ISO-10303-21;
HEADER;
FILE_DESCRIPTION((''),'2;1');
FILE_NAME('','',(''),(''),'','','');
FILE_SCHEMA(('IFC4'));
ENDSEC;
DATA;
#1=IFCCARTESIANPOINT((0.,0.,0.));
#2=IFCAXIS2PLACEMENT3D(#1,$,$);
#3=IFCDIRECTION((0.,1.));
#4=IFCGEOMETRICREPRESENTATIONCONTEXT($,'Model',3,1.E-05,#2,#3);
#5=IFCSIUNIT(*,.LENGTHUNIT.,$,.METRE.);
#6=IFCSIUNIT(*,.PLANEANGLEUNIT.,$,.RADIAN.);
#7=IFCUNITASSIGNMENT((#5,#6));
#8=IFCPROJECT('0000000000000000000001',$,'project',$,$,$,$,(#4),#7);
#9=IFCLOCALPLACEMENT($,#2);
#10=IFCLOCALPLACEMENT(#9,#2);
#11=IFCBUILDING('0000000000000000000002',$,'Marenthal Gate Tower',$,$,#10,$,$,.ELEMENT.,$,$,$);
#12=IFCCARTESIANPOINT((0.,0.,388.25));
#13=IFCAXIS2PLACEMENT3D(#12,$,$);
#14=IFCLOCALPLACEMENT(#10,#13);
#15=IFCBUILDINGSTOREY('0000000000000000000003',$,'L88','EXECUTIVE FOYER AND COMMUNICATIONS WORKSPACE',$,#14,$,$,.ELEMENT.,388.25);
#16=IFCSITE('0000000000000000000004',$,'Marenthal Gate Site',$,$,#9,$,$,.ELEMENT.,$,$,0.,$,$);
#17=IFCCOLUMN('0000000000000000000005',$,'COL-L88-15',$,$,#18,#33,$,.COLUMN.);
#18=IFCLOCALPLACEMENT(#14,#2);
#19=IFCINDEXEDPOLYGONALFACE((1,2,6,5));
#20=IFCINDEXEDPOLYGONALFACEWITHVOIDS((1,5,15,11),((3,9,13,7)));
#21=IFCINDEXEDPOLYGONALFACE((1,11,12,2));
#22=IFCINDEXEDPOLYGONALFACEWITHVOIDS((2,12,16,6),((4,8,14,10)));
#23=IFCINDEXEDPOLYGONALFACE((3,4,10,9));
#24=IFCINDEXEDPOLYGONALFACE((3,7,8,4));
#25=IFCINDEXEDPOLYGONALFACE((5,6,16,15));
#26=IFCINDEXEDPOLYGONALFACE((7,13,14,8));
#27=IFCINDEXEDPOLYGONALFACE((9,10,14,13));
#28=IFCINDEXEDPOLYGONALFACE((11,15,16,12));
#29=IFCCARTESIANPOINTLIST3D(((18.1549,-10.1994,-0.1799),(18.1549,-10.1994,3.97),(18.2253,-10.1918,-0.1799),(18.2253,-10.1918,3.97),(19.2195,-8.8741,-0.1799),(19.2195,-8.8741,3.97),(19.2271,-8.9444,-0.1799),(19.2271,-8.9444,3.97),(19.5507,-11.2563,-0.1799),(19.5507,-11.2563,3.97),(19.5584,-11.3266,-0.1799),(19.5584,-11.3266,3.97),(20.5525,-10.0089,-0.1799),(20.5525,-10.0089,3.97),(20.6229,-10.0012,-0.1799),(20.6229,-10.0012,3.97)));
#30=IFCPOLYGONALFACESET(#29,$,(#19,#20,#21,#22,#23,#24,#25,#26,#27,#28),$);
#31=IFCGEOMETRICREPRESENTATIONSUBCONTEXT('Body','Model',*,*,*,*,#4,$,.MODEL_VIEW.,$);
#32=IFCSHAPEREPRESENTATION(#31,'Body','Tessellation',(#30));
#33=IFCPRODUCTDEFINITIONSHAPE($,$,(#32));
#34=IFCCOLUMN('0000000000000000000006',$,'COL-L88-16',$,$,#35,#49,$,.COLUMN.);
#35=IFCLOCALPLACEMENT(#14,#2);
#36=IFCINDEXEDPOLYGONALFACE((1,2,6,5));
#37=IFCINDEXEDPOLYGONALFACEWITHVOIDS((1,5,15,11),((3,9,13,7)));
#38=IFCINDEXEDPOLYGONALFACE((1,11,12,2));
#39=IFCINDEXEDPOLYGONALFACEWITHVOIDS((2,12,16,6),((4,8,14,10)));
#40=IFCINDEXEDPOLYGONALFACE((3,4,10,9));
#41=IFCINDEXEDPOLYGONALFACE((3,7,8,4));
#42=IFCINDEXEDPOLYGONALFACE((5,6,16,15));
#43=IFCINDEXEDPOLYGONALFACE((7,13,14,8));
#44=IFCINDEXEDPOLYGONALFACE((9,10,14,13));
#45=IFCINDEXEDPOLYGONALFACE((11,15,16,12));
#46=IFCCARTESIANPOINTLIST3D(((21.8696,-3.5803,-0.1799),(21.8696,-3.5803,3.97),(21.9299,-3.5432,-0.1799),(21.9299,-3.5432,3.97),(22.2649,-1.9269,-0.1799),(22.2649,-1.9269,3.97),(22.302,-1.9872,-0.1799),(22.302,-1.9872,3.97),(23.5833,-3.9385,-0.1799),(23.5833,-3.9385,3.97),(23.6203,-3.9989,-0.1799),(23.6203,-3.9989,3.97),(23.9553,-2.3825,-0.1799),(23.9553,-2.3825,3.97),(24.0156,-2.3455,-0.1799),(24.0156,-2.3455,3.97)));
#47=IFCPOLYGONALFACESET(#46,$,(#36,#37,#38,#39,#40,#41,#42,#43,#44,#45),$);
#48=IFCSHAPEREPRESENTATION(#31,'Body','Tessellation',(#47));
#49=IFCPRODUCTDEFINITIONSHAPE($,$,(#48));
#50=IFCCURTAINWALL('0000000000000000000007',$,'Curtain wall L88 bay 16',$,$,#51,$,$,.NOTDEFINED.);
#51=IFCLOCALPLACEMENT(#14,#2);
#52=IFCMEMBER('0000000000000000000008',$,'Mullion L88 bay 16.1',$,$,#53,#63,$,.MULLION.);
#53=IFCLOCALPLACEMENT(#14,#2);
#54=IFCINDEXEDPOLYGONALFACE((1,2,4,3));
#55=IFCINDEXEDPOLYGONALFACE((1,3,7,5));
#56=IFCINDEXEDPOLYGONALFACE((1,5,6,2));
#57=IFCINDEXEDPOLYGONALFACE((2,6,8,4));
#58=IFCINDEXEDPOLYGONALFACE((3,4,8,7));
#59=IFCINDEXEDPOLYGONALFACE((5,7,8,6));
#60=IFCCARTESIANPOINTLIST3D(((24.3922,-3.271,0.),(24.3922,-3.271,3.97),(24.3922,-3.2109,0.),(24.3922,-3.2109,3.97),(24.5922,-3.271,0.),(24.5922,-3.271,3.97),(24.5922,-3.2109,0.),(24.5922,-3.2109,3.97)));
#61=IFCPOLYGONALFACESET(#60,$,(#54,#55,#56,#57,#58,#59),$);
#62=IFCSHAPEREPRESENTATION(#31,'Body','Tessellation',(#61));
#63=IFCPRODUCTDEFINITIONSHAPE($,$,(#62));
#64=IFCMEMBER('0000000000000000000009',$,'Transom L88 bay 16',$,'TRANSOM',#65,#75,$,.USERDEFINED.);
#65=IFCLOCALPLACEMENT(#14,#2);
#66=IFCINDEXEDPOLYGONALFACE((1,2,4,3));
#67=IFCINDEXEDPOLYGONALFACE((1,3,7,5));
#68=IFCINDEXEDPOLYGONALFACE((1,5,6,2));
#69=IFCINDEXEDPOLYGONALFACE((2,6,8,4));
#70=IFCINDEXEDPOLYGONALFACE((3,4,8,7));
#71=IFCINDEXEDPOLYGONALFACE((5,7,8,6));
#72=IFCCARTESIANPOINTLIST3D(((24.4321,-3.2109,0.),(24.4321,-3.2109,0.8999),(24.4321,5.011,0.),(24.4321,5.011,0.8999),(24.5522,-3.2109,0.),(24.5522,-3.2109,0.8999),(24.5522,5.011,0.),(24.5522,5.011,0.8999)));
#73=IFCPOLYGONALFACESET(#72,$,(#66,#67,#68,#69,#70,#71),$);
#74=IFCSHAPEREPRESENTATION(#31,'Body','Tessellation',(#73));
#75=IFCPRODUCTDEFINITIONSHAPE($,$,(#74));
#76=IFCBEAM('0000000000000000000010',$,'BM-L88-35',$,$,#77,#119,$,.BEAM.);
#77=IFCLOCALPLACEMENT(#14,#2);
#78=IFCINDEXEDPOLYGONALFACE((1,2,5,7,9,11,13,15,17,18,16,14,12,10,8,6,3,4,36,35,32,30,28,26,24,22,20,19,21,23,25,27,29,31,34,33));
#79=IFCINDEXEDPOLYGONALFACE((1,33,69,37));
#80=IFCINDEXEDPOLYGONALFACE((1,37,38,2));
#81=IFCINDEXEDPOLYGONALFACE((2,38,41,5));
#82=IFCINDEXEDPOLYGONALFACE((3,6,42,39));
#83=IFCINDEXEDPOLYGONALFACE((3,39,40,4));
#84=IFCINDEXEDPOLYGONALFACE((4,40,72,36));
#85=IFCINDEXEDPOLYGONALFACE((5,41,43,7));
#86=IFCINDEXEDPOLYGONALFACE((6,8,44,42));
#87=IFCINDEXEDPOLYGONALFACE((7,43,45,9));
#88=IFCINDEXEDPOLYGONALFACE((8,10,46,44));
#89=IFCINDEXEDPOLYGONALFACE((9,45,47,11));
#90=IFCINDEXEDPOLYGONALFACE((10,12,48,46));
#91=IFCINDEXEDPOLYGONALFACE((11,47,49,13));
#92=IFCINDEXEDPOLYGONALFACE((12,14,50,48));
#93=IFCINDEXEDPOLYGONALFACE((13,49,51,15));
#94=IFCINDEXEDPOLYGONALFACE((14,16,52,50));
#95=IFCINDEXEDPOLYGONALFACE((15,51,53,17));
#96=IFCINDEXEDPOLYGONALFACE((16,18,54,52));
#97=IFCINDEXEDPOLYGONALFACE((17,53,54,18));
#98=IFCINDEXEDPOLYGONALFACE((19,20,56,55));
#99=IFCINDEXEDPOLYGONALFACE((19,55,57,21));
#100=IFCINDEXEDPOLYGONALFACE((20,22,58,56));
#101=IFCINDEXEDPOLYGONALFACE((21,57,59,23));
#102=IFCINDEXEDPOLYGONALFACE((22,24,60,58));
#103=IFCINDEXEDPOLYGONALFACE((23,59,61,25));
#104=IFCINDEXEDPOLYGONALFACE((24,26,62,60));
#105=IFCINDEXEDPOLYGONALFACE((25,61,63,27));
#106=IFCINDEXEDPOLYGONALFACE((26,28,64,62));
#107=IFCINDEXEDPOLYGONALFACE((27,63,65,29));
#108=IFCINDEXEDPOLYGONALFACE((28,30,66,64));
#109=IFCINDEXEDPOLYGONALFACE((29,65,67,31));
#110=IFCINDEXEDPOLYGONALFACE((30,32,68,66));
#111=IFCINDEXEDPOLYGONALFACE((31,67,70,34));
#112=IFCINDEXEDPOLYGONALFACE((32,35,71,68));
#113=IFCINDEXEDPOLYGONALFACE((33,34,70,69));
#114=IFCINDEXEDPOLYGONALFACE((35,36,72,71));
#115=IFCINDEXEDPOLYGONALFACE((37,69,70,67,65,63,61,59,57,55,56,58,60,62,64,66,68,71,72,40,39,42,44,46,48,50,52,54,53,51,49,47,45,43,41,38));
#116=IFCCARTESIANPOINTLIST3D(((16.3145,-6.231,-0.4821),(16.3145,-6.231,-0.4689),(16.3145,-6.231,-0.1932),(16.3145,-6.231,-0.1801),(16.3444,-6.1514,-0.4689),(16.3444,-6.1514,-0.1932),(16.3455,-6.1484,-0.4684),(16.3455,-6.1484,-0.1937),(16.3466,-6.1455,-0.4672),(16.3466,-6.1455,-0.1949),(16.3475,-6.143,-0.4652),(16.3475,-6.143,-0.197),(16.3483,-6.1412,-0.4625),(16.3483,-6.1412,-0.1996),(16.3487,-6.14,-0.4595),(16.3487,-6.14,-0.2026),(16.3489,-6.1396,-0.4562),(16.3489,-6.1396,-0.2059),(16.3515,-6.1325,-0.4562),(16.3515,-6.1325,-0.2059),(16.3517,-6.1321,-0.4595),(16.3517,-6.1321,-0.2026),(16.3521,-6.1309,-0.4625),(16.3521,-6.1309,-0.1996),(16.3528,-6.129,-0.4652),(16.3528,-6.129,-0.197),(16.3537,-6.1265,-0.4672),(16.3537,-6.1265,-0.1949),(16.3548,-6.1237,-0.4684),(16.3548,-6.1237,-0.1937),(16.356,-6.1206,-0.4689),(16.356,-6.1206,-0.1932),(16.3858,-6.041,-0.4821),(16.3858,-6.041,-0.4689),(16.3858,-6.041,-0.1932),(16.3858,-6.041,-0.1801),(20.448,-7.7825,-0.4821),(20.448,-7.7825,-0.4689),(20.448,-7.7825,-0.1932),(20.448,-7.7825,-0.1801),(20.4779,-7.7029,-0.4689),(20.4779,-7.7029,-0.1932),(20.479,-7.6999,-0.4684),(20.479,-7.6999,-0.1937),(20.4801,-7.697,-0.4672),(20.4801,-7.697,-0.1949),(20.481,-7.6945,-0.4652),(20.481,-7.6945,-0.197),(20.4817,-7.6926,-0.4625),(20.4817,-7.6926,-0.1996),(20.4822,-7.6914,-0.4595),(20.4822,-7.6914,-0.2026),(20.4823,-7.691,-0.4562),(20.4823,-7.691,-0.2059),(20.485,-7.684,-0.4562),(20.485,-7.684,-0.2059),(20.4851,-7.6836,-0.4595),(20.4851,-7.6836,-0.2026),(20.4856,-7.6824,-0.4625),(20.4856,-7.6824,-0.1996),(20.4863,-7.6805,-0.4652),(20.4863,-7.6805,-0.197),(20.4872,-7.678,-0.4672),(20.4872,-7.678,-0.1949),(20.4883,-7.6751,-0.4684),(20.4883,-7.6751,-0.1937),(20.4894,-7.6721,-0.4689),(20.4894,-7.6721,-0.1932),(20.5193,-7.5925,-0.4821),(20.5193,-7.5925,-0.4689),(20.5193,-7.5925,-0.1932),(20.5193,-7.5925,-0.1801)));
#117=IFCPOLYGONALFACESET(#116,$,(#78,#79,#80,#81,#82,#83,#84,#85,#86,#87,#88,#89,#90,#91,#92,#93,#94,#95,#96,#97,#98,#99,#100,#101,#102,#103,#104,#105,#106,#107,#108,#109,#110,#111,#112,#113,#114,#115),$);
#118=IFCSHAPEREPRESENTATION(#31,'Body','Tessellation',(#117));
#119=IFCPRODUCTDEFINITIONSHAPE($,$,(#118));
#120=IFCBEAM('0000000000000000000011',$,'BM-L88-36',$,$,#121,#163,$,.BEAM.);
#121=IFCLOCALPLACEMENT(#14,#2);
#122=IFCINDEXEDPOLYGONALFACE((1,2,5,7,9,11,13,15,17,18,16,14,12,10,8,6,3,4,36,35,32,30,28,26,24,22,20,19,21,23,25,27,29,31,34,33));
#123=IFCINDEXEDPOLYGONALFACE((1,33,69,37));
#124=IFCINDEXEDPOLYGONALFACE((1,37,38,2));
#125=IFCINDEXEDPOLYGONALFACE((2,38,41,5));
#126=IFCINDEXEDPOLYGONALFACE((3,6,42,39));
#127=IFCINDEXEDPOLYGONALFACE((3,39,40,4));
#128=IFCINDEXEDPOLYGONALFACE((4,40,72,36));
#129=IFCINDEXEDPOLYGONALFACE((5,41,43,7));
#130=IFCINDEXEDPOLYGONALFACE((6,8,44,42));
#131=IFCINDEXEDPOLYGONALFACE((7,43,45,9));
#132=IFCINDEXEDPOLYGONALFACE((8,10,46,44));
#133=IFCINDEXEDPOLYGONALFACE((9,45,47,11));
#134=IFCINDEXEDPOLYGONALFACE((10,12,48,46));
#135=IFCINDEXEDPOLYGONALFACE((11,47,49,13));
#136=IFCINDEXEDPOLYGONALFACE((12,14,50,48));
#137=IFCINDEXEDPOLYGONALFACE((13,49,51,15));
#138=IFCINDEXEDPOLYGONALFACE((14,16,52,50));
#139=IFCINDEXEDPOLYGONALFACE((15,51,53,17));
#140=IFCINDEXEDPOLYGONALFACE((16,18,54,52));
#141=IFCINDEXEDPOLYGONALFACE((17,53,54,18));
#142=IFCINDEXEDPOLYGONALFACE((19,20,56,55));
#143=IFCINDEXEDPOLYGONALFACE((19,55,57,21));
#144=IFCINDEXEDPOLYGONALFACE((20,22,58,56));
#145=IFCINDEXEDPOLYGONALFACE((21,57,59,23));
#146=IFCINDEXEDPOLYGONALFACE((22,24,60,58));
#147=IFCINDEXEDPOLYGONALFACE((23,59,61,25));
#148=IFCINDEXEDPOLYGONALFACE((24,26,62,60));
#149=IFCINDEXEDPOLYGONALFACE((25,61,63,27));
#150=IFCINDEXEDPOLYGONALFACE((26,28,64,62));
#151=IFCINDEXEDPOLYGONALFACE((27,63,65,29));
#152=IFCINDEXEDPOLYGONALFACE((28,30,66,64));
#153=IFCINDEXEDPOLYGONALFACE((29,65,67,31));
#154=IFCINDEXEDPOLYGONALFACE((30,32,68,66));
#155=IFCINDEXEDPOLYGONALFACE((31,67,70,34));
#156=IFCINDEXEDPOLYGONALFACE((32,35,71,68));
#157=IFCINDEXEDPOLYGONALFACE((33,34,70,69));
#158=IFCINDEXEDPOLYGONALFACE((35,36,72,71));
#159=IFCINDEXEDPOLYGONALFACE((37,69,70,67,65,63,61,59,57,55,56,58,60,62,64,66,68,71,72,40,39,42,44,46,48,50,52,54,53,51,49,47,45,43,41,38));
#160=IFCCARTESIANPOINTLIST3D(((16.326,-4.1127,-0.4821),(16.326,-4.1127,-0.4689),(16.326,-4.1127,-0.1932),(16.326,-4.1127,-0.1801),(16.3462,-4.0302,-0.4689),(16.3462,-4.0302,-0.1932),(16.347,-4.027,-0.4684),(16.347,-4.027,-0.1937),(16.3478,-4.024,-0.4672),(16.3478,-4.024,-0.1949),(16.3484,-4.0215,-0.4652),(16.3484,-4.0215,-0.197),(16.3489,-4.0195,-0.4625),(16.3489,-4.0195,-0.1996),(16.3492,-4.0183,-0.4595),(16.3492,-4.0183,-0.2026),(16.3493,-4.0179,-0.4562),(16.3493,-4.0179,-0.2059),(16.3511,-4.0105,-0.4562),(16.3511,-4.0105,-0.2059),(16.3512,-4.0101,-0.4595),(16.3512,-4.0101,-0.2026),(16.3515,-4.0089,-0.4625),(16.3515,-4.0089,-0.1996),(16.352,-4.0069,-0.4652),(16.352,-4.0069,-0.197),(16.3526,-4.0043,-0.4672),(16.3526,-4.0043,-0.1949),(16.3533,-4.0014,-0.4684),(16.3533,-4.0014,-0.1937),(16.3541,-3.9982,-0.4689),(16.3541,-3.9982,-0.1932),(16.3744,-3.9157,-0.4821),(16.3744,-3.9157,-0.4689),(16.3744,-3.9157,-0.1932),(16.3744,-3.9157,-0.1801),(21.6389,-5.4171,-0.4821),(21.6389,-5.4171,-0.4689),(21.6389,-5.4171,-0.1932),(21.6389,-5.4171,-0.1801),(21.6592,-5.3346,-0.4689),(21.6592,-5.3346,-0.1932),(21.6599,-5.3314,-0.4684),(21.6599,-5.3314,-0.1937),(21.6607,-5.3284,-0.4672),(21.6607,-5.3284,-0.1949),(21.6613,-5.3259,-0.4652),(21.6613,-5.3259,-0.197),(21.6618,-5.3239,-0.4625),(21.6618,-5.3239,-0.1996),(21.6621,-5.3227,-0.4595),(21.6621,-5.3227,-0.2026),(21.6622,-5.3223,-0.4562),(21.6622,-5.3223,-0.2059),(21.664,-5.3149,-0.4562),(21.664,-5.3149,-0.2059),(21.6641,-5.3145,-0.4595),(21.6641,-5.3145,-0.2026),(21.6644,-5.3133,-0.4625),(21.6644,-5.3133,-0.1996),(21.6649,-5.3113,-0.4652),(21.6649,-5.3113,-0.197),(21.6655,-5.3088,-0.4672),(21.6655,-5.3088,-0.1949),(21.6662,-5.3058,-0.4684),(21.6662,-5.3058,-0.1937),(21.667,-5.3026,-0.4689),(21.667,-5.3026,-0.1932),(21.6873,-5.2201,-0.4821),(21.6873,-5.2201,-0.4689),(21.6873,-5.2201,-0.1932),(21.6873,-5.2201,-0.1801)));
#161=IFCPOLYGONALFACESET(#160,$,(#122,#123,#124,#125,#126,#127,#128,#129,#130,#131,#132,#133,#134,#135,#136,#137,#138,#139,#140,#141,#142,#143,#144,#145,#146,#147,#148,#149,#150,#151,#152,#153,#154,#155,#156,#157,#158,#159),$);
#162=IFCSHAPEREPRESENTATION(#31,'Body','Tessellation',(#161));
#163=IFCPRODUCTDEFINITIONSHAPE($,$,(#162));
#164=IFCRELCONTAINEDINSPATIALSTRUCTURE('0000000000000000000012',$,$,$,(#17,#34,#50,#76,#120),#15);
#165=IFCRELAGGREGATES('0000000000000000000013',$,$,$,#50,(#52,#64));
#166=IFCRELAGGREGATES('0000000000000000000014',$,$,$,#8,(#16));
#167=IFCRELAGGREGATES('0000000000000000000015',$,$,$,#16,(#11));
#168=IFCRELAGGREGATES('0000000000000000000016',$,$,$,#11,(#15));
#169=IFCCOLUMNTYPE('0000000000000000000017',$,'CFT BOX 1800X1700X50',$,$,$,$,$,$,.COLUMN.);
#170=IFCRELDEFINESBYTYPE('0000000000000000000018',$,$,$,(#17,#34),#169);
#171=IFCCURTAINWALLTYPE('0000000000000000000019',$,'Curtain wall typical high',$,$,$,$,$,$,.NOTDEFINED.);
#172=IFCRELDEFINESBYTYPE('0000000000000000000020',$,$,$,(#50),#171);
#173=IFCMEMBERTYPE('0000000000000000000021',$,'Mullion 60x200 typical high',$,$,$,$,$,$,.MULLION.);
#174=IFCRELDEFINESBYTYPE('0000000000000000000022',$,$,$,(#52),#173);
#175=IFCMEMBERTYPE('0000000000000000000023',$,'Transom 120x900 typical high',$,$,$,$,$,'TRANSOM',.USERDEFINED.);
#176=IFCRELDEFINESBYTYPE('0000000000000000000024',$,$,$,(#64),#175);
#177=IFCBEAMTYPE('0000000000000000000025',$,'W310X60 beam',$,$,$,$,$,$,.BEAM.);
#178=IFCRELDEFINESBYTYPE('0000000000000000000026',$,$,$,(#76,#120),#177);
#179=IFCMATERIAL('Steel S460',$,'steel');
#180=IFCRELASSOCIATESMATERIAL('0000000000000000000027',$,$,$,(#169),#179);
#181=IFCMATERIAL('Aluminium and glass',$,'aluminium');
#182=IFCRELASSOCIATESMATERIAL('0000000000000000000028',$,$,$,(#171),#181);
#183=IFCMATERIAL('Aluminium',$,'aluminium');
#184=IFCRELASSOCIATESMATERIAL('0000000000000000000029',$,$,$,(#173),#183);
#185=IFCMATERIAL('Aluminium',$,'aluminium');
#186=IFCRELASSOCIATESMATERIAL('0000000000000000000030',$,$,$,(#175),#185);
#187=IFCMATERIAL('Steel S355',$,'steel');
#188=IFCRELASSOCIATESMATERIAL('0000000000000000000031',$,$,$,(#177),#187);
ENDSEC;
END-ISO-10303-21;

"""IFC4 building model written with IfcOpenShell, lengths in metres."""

from ifc_helpers import new_model, si_unit, direction, frame, origin, origin_2d, place, context, subcontext, project, spatial, rectangle, hollow_rectangle, i_section, extrude, material, material_profile, profile_set, type_object, element, aggregate, save


model = new_model("IFC4")

# Units and contexts
model_context = context("Model", 3, precision=1e-05, world=origin(), true_north=direction((0.0, 1.0)))
body_context = subcontext(model_context, "Body", "Model", "MODEL_VIEW")
ifc_project = project(units=[si_unit("LENGTHUNIT", "METRE"), si_unit("PLANEANGLEUNIT", "RADIAN")], contexts=[model_context])

# Site, building, storey
site_placement = place(None, origin())
site = spatial("IfcSite", under=ifc_project, at=site_placement, Name="Marenthal Gate Site", CompositionType="ELEMENT", RefElevation=0.0)
building_placement = place(site_placement, origin())
building = spatial("IfcBuilding", under=site, at=building_placement, Name="Marenthal Gate Tower", CompositionType="ELEMENT")
storey_placement = place(building_placement, frame((0.0, 0.0, 388.25)))
storey = spatial("IfcBuildingStorey", under=building, at=storey_placement, Name="L88", Description="EXECUTIVE FOYER AND COMMUNICATIONS WORKSPACE", CompositionType="ELEMENT", Elevation=388.25)

# Columns
ifc_material_1 = material(Name="Steel S460", Category="steel")
ifc_material_profile_1 = material_profile(ifc_material_1, hollow_rectangle(XDim=1.7, YDim=1.8, WallThickness=0.05, at=origin_2d()), Name="CFT BOX 1800X1700X50")
ifc_material_2 = material(Name="Concrete 70 MPa", Category="concrete")
ifc_material_profile_2 = material_profile(ifc_material_2, rectangle(XDim=1.6001, YDim=1.7, at=origin_2d()), Name="CFT BOX 1800X1700X50 INFILL")
ifc_profile_set_1 = profile_set([ifc_material_profile_1, ifc_material_profile_2], Name="Steel S460 shell, Concrete 70 MPa infill")
column_type = type_object("IfcColumnType", Name="CFT BOX 1800X1700X50", PredefinedType="COLUMN", material=ifc_profile_set_1)
for number, where, z_axis, x_axis, name in (
    (1, (19.3889, -10.1003, -0.1799), (0.0, 0.0, 1.0), (-0.626198, -0.779664, 0.0), "COL-L88-15"),
    (2, (22.9426, -2.9629, -0.1799), (0.0, 0.0, 1.0), (-0.232542, -0.972586, 0.0), "COL-L88-16"),
):
    element("IfcColumn", number, at=place(storey_placement, frame(where, z_axis=z_axis, x_axis=x_axis)), inside=storey, type_object=column_type, Name=name, PredefinedType="COLUMN", context=body_context, shape_type="SweptSolid", body=[
        extrude(hollow_rectangle(XDim=1.7, YDim=1.8, WallThickness=0.05, at=origin_2d()), origin(), (0.0, 0.0, 1.0), 4.1499),
    ])

# Curtain wall, members
ifc_material_3 = material(Name="Aluminium and glass", Category="aluminium")
curtain_wall_type = type_object("IfcCurtainWallType", Name="Curtain wall typical high", PredefinedType="NOTDEFINED", material=ifc_material_3)
curtain_wall_placement = place(storey_placement, origin())
curtain_wall = element("IfcCurtainWall", 3, at=curtain_wall_placement, inside=storey, type_object=curtain_wall_type, Name="Curtain wall L88 bay 16", PredefinedType="NOTDEFINED")
ifc_material_4 = material(Name="Aluminium", Category="aluminium")
ifc_material_profile_3 = material_profile(ifc_material_4, rectangle(XDim=0.2, YDim=0.0601, at=origin_2d()), Name="60x200 aluminium mullion")
ifc_profile_set_2 = profile_set([ifc_material_profile_3], Name="Aluminium")
member_type_1 = type_object("IfcMemberType", Name="Mullion 60x200 typical high", PredefinedType="MULLION", material=ifc_profile_set_2)
member_1_placement = place(storey_placement, frame((24.4922, -3.241, 0.0), z_axis=(0.0, 0.0, 1.0), x_axis=(-1.0, 0.0, 0.0)))
member_1 = element("IfcMember", 4, at=member_1_placement, type_object=member_type_1, Name="Mullion L88 bay 16.1", PredefinedType="MULLION", context=body_context, shape_type="SweptSolid", body=[
    extrude(rectangle(XDim=0.2, YDim=0.0601, at=origin_2d()), origin(), (0.0, 0.0, 1.0), 3.97),
])
ifc_material_5 = material(Name="Aluminium", Category="aluminium")
ifc_material_profile_4 = material_profile(ifc_material_5, rectangle(XDim=0.1201, YDim=0.8999, at=origin_2d()), Name="120x900 aluminium transom")
ifc_profile_set_3 = profile_set([ifc_material_profile_4], Name="Aluminium")
member_type_2 = type_object("IfcMemberType", Name="Transom 120x900 typical high", ElementType="TRANSOM", PredefinedType="USERDEFINED", material=ifc_profile_set_3)
member_2_placement = place(storey_placement, frame((24.4922, -3.2109, 0.45), z_axis=(0.0, 1.0, 0.0), x_axis=(-1.0, 0.0, 0.0)))
member_2 = element("IfcMember", 5, at=member_2_placement, type_object=member_type_2, Name="Transom L88 bay 16", ObjectType="TRANSOM", PredefinedType="USERDEFINED", context=body_context, shape_type="SweptSolid", body=[
    extrude(rectangle(XDim=0.1201, YDim=0.8999, at=origin_2d()), origin(), (0.0, 0.0, 1.0), 8.2219),
])

# Beams
ifc_material_6 = material(Name="Steel S355", Category="steel")
ifc_material_profile_5 = material_profile(ifc_material_6, i_section(OverallWidth=0.2029, OverallDepth=0.302, WebThickness=0.0076, FlangeThickness=0.0132, FilletRadius=0.0127, at=origin_2d()), Name="W310X60")
ifc_profile_set_4 = profile_set([ifc_material_profile_5], Name="Steel S355")
beam_type_1 = type_object("IfcBeamType", Name="W310X60 beam", PredefinedType="BEAM", material=ifc_profile_set_4)
beam_1_placement = place(storey_placement, frame((20.4836, -7.6875, -0.3311), z_axis=(-0.936222, 0.351408, 0.0), x_axis=(-0.351408, -0.936222, 0.0)))
element("IfcBeam", 6, at=beam_1_placement, inside=storey, type_object=beam_type_1, Name="BM-L88-35", PredefinedType="BEAM", context=body_context, shape_type="SweptSolid", body=[
    extrude(i_section(OverallWidth=0.2029, OverallDepth=0.302, WebThickness=0.0076, FlangeThickness=0.0132, FilletRadius=0.0127, at=origin_2d()), origin(), (0.0, 0.0, 1.0), 4.415),
])
beam_2_placement = place(storey_placement, frame((21.6631, -5.3186, -0.3311), z_axis=(-0.971158, 0.238438, 0.0), x_axis=(-0.238438, -0.971158, 0.0)))
element("IfcBeam", 7, at=beam_2_placement, inside=storey, type_object=beam_type_1, Name="BM-L88-36", PredefinedType="BEAM", context=body_context, shape_type="SweptSolid", body=[
    extrude(i_section(OverallWidth=0.2029, OverallDepth=0.302, WebThickness=0.0076, FlangeThickness=0.0132, FilletRadius=0.0127, at=origin_2d()), origin(), (0.0, 0.0, 1.0), 5.4707),
])

aggregate(curtain_wall, [member_1, member_2])

save(model, "model.ifc")
